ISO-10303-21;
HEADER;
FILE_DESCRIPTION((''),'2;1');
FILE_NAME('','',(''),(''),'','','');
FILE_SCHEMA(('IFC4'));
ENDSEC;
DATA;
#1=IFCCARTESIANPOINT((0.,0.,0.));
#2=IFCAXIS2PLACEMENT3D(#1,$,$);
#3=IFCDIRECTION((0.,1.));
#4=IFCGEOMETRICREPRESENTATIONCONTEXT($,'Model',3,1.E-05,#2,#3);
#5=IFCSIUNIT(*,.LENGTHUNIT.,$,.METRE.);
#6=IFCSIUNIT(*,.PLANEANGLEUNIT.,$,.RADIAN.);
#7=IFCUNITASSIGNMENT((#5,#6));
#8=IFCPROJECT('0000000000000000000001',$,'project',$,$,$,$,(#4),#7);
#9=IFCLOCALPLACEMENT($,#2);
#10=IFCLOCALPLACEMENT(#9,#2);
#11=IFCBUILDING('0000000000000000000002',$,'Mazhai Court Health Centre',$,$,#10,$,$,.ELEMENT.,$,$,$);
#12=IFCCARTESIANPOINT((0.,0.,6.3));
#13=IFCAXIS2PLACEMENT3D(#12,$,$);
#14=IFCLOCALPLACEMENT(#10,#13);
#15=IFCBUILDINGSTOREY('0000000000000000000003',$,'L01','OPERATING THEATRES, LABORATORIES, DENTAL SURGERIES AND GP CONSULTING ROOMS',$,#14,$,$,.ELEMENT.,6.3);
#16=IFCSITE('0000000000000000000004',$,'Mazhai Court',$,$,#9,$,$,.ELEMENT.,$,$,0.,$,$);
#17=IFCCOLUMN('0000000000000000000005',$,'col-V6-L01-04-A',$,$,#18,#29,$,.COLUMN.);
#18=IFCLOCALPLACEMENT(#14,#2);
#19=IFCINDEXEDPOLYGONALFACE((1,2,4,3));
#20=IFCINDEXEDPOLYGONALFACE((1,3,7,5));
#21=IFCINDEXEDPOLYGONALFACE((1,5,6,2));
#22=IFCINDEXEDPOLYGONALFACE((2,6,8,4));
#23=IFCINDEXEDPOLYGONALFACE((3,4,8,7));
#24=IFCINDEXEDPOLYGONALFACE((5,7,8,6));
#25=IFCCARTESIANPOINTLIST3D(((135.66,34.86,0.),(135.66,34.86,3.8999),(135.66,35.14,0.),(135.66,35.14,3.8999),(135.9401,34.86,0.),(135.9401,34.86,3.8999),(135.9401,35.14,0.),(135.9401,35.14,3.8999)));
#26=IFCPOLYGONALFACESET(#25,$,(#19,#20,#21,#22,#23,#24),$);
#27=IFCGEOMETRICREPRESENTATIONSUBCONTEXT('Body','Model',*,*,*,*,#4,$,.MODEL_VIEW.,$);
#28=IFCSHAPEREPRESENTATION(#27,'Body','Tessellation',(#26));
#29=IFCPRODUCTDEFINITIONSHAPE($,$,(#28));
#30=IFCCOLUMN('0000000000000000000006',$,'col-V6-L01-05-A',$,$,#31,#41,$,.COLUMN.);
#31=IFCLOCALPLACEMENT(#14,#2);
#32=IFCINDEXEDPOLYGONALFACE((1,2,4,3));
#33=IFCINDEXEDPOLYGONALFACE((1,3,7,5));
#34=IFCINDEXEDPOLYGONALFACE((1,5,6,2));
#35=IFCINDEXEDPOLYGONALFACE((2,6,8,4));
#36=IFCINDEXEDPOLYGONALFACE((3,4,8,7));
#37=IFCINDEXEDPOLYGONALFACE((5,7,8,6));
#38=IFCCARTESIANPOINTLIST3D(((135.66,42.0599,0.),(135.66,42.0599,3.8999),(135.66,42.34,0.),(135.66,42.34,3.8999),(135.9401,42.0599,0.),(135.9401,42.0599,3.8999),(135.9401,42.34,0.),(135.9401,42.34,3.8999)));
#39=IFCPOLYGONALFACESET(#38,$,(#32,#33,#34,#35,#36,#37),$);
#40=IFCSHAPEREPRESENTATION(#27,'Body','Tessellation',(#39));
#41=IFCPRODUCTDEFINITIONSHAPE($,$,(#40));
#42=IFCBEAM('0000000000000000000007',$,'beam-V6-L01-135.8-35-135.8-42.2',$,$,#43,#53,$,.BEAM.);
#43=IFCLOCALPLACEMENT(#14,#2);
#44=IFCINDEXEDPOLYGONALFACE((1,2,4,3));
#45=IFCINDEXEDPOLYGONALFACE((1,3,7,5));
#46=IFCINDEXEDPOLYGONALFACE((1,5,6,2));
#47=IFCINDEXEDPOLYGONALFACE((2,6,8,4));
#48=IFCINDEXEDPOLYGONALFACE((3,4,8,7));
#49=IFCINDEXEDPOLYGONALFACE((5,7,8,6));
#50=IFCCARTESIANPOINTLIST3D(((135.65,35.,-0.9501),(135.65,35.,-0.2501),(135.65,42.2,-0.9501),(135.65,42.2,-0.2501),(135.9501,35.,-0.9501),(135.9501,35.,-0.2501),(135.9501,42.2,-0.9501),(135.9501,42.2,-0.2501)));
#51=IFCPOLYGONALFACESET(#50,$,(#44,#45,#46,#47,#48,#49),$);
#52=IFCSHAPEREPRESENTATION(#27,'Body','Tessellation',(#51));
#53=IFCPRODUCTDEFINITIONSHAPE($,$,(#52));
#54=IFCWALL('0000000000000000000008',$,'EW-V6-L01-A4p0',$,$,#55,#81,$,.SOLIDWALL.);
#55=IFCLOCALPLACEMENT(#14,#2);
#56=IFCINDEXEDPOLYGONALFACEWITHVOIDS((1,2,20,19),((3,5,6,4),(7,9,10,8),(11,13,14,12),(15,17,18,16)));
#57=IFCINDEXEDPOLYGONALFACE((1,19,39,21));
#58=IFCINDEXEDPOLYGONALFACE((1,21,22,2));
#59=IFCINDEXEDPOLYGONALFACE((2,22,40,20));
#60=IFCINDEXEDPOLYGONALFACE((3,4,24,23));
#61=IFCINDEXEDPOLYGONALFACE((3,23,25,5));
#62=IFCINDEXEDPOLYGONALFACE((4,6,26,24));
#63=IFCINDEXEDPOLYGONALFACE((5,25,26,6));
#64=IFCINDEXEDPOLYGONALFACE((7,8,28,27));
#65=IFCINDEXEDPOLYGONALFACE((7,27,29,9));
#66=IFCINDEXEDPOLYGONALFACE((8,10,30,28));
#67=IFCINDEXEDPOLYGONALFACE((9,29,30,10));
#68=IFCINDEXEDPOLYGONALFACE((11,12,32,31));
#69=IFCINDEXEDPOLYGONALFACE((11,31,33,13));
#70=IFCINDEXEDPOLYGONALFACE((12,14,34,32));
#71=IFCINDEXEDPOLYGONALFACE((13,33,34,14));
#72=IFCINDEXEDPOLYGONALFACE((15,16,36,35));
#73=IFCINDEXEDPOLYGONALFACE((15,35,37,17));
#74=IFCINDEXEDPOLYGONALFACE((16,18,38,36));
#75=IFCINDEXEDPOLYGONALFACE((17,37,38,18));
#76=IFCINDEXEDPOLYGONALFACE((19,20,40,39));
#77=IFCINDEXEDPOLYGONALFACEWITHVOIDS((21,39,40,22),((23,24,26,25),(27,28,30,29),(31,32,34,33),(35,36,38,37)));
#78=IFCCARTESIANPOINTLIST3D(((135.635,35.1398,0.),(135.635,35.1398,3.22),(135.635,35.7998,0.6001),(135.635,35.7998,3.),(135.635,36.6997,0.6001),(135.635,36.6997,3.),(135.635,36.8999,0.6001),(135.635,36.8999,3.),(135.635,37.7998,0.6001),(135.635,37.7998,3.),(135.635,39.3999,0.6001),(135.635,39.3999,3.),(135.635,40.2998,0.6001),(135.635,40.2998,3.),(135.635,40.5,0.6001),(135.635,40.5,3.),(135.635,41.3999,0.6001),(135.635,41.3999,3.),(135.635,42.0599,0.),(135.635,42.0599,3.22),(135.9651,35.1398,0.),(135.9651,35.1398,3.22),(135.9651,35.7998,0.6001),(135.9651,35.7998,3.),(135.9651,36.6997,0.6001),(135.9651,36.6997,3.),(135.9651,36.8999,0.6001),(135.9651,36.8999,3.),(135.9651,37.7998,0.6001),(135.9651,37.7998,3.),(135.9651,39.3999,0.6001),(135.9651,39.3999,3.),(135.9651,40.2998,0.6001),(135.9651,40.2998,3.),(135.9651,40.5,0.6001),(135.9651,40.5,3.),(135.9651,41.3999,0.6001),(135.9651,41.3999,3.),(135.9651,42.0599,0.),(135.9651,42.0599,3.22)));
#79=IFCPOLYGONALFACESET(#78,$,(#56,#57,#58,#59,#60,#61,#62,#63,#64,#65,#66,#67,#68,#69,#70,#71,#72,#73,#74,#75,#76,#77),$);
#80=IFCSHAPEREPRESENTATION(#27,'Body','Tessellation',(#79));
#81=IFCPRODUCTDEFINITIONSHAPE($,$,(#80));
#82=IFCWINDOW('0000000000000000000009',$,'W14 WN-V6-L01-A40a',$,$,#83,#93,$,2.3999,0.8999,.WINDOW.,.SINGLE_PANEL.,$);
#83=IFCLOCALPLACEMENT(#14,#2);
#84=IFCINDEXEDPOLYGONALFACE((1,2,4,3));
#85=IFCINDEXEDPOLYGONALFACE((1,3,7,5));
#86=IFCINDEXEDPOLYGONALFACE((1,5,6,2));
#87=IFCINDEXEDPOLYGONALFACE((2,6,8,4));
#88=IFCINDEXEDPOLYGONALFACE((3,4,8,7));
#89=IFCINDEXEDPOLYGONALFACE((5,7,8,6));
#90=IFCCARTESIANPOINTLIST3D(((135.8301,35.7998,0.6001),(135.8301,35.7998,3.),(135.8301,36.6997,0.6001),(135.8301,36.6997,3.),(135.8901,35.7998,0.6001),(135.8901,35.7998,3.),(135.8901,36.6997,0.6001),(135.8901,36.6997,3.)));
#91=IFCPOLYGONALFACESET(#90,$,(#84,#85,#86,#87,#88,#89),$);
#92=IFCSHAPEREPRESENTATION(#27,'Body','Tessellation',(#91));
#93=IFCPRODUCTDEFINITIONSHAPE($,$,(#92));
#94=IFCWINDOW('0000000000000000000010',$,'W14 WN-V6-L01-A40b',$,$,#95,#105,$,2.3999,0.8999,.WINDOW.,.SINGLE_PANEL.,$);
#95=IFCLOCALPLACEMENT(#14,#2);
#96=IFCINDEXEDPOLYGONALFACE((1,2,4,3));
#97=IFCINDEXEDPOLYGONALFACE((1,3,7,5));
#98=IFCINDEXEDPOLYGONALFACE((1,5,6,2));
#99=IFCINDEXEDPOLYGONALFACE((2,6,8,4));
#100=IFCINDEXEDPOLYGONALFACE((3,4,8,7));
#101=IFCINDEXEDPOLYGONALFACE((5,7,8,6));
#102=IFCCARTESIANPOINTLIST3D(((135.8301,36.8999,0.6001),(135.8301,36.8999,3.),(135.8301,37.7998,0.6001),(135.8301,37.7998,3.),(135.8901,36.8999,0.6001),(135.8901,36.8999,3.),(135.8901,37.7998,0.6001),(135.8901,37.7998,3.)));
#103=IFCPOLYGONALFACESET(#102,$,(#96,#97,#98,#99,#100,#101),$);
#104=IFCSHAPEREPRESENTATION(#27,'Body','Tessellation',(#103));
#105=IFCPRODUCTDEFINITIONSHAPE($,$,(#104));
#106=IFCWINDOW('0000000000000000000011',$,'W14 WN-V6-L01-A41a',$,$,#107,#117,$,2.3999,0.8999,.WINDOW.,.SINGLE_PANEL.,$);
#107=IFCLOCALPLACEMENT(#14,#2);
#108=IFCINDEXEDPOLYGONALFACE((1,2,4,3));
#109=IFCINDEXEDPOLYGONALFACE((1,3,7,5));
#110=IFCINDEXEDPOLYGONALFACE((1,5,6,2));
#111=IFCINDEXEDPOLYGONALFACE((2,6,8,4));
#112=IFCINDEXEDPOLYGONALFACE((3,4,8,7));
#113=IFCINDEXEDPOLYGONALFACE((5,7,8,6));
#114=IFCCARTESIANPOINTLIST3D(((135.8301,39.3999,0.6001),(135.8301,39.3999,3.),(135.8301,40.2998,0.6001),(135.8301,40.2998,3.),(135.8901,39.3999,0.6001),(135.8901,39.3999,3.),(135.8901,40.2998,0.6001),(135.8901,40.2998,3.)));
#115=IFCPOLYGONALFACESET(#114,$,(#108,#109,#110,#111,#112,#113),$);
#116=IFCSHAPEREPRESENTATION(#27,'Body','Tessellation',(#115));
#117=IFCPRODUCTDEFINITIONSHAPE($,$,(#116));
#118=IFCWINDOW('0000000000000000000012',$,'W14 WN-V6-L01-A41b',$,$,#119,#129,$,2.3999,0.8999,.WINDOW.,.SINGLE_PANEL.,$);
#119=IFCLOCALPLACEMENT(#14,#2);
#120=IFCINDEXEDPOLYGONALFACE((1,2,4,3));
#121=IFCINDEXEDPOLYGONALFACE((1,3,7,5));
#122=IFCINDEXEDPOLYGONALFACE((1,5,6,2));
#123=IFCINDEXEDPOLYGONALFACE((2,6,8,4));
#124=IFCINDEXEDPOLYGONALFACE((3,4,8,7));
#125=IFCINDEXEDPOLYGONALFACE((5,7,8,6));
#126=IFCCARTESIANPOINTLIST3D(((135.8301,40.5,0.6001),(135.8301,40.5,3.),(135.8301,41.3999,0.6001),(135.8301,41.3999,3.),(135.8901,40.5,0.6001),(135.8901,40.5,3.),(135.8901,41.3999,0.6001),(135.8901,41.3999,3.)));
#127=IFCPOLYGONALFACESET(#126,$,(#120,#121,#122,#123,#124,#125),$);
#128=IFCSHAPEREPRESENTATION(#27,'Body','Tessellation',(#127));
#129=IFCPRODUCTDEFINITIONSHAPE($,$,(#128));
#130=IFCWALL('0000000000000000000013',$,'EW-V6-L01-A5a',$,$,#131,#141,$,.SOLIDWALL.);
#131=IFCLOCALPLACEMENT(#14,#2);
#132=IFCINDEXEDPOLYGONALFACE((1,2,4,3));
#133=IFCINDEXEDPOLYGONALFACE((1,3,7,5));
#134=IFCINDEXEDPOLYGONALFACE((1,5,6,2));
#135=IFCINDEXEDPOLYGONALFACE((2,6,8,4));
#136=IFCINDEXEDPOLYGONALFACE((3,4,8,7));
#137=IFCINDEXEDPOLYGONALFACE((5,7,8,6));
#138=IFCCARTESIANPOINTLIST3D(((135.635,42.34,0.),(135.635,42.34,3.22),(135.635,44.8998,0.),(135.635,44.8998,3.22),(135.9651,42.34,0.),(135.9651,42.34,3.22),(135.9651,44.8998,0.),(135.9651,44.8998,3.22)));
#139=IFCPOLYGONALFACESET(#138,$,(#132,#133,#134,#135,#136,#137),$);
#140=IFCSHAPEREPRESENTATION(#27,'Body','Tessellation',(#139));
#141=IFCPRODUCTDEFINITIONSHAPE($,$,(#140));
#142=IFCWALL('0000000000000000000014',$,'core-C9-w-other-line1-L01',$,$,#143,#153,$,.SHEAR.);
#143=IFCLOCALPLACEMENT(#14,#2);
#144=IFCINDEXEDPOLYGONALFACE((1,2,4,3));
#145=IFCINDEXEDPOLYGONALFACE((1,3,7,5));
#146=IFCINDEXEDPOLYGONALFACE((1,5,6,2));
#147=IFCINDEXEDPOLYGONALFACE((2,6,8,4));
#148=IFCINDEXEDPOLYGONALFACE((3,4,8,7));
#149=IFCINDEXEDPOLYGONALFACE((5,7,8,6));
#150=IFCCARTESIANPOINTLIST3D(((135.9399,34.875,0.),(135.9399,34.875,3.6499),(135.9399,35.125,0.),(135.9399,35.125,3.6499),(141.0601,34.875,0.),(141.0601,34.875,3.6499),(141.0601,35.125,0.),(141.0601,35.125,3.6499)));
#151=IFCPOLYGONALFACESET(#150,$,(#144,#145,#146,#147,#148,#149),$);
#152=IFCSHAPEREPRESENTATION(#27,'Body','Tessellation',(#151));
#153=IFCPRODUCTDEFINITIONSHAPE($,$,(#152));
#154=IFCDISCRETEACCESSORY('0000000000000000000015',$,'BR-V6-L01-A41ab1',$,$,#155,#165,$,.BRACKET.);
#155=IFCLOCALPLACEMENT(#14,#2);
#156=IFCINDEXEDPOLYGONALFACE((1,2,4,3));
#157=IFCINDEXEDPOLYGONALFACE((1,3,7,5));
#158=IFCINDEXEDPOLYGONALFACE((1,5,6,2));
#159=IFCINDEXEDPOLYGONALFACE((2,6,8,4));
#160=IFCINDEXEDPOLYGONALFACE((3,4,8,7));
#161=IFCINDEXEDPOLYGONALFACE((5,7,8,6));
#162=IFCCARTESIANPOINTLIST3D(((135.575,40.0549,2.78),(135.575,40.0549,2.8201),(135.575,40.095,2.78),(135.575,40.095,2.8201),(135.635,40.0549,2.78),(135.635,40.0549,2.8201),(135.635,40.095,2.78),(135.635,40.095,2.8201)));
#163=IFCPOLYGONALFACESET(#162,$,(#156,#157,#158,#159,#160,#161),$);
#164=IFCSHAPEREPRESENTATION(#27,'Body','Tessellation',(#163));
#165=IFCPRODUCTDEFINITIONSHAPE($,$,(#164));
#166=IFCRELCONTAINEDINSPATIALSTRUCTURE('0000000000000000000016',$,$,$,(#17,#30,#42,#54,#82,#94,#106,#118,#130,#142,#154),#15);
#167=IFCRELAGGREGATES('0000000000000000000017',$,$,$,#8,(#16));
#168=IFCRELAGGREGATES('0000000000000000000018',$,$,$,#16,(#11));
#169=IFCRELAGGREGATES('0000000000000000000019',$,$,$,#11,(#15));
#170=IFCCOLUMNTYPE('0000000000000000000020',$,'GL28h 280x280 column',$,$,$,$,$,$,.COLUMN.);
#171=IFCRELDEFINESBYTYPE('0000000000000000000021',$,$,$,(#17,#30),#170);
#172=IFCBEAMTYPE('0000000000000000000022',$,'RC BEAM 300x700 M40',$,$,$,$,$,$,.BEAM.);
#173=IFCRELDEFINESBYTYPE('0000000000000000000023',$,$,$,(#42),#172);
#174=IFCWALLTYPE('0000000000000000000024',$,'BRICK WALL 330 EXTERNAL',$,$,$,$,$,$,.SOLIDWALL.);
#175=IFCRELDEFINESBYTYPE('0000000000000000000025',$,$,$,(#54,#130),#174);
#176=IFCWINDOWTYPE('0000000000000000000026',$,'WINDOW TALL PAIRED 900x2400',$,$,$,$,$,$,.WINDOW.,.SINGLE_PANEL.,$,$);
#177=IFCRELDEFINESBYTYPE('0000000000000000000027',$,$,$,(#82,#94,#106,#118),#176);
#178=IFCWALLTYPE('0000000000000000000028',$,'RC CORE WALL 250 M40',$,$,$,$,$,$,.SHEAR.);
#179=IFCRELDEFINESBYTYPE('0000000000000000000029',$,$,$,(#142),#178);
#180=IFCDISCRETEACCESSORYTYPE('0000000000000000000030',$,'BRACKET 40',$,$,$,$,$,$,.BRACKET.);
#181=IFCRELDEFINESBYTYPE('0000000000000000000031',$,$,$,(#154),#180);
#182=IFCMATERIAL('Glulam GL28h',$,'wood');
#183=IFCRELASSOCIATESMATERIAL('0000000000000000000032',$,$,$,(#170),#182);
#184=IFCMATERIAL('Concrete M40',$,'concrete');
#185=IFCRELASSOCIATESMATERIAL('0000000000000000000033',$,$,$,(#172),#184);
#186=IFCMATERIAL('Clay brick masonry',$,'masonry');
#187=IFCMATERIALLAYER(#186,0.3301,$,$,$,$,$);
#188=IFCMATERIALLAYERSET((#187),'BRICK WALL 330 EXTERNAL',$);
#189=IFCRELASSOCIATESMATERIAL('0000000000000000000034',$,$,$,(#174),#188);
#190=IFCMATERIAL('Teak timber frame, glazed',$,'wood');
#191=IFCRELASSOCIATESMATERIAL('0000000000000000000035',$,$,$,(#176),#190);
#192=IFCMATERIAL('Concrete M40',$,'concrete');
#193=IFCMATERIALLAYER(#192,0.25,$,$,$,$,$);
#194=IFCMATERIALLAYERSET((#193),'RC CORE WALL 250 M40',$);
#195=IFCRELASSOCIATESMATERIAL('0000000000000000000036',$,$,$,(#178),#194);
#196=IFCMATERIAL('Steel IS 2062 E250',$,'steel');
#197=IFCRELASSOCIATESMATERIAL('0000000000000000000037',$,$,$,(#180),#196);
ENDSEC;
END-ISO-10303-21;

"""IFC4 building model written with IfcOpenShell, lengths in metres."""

from ifc_helpers import new_model, si_unit, direction, frame, frame_2d, origin, origin_2d, place, context, subcontext, project, spatial, rectangle, extrude, material, layer, layer_set, material_profile, profile_set, type_object, element, fill, save


model = new_model("IFC4")

# Units and contexts
model_context = context("Model", 3, precision=1e-05, world=origin(), true_north=direction((0.0, 1.0)))
body_context = subcontext(model_context, "Body", "Model", "MODEL_VIEW")
ifc_project = project(units=[si_unit("LENGTHUNIT", "METRE"), si_unit("PLANEANGLEUNIT", "RADIAN")], contexts=[model_context])

# Site, building, storey
site_placement = place(None, origin())
site = spatial("IfcSite", under=ifc_project, at=site_placement, Name="Mazhai Court", CompositionType="ELEMENT", RefElevation=0.0)
building_placement = place(site_placement, origin())
building = spatial("IfcBuilding", under=site, at=building_placement, Name="Mazhai Court Health Centre", CompositionType="ELEMENT")
storey_placement = place(building_placement, frame((0.0, 0.0, 6.3)))
storey = spatial("IfcBuildingStorey", under=building, at=storey_placement, Name="L01", Description="OPERATING THEATRES, LABORATORIES, DENTAL SURGERIES AND GP CONSULTING ROOMS", CompositionType="ELEMENT", Elevation=6.3)

# Columns
ifc_material_1 = material(Name="Glulam GL28h", Category="wood")
ifc_material_profile_1 = material_profile(ifc_material_1, rectangle(XDim=0.28, YDim=0.28, at=origin_2d()), Name="GL28h 280x280")
ifc_profile_set_1 = profile_set([ifc_material_profile_1], Name="Glulam GL28h")
column_type = type_object("IfcColumnType", Name="GL28h 280x280 column", PredefinedType="COLUMN", material=ifc_profile_set_1)
for number, where, z_axis, x_axis, name in (
    (1, (135.8, 35.0, 0.0), (0.0, 0.0, 1.0), (1.0, 0.0, 0.0), "col-V6-L01-04-A"),
    (2, (135.8, 42.2, 0.0), (0.0, 0.0, 1.0), (1.0, 0.0, 0.0), "col-V6-L01-05-A"),
):
    element("IfcColumn", number, at=place(storey_placement, frame(where, z_axis=z_axis, x_axis=x_axis)), inside=storey, type_object=column_type, Name=name, PredefinedType="COLUMN", context=body_context, shape_type="SweptSolid", body=[
        extrude(rectangle(XDim=0.28, YDim=0.28, at=origin_2d()), origin(), (0.0, 0.0, 1.0), 3.8999),
    ])

# Beam
ifc_material_2 = material(Name="Concrete M40", Category="concrete")
ifc_material_profile_2 = material_profile(ifc_material_2, rectangle(XDim=0.3, YDim=0.7, at=origin_2d()), Name="RC 300x700")
ifc_profile_set_2 = profile_set([ifc_material_profile_2], Name="Concrete M40")
beam_type = type_object("IfcBeamType", Name="RC BEAM 300x700 M40", PredefinedType="BEAM", material=ifc_profile_set_2)
beam_placement = place(storey_placement, frame((135.8, 35.0, -0.6001), z_axis=(0.0, 1.0, 0.0), x_axis=(-1.0, 0.0, 0.0)))
element("IfcBeam", 3, at=beam_placement, inside=storey, type_object=beam_type, Name="beam-V6-L01-135.8-35-135.8-42.2", PredefinedType="BEAM", context=body_context, shape_type="SweptSolid", body=[
    extrude(rectangle(XDim=0.3, YDim=0.7, at=origin_2d()), origin(), (0.0, 0.0, 1.0), 7.2),
])

# Wall, openings, windows
ifc_material_3 = material(Name="Clay brick masonry", Category="masonry")
ifc_layer_1 = layer(ifc_material_3, 0.3301)
ifc_layer_set_1 = layer_set([ifc_layer_1], Name="BRICK WALL 330 EXTERNAL")
wall_type_1 = type_object("IfcWallType", Name="BRICK WALL 330 EXTERNAL", PredefinedType="SOLIDWALL", material=ifc_layer_set_1)
wall_1_placement = place(storey_placement, frame((135.8, 35.1399, 0.0), z_axis=(0.0, 0.0, 1.0), x_axis=(0.0, 1.0, 0.0)))
wall_1 = element("IfcWall", 4, at=wall_1_placement, inside=storey, type_object=wall_type_1, Name="EW-V6-L01-A4p0", PredefinedType="SOLIDWALL", context=body_context, shape_type="SweptSolid", body=[
    extrude(rectangle(XDim=6.9202, YDim=0.3301, at=frame_2d((3.46, 0.0))), origin(), (0.0, 0.0, 1.0), 3.22),
])
opening_1_placement = place(wall_1_placement, frame((0.6599, 0.0, 0.6001)))
opening_1 = element("IfcOpeningElement", 5, at=opening_1_placement, cuts=wall_1, PredefinedType="OPENING", context=body_context, shape_type="SweptSolid", body=[
    extrude(rectangle(XDim=0.8999, YDim=2.3999, at=frame_2d((0.45, 1.2))), frame((0.0, 0.175, 0.0), z_axis=(0.0, -1.0, 0.0), x_axis=(1.0, 0.0, 0.0)), (0.0, 0.0, 1.0), 0.3501),
])
opening_2_placement = place(wall_1_placement, frame((1.76, 0.0, 0.6001)))
opening_2 = element("IfcOpeningElement", 6, at=opening_2_placement, cuts=wall_1, PredefinedType="OPENING", context=body_context, shape_type="SweptSolid", body=[
    extrude(rectangle(XDim=0.8999, YDim=2.3999, at=frame_2d((0.45, 1.2))), frame((0.0, 0.175, 0.0), z_axis=(0.0, -1.0, 0.0), x_axis=(1.0, 0.0, 0.0)), (0.0, 0.0, 1.0), 0.3501),
])
opening_3_placement = place(wall_1_placement, frame((4.26, 0.0, 0.6001)))
opening_3 = element("IfcOpeningElement", 7, at=opening_3_placement, cuts=wall_1, PredefinedType="OPENING", context=body_context, shape_type="SweptSolid", body=[
    extrude(rectangle(XDim=0.8999, YDim=2.3999, at=frame_2d((0.45, 1.2))), frame((0.0, 0.175, 0.0), z_axis=(0.0, -1.0, 0.0), x_axis=(1.0, 0.0, 0.0)), (0.0, 0.0, 1.0), 0.3501),
])
opening_4_placement = place(wall_1_placement, frame((5.3601, 0.0, 0.6001)))
opening_4 = element("IfcOpeningElement", 8, at=opening_4_placement, cuts=wall_1, PredefinedType="OPENING", context=body_context, shape_type="SweptSolid", body=[
    extrude(rectangle(XDim=0.8999, YDim=2.3999, at=frame_2d((0.45, 1.2))), frame((0.0, 0.175, 0.0), z_axis=(0.0, -1.0, 0.0), x_axis=(1.0, 0.0, 0.0)), (0.0, 0.0, 1.0), 0.3501),
])
ifc_material_4 = material(Name="Teak timber frame, glazed", Category="wood")
window_type = type_object("IfcWindowType", Name="WINDOW TALL PAIRED 900x2400", PartitioningType="SINGLE_PANEL", PredefinedType="WINDOW", material=ifc_material_4)
window_1_placement = place(opening_1_placement, origin())
window_1 = element("IfcWindow", 9, at=window_1_placement, inside=storey, type_object=window_type, Name="W14 WN-V6-L01-A40a", OverallHeight=2.3999, OverallWidth=0.8999, PartitioningType="SINGLE_PANEL", PredefinedType="WINDOW", context=body_context, shape_type="SweptSolid", body=[
    extrude(rectangle(XDim=0.8999, YDim=2.3999, at=frame_2d((0.45, 1.2))), frame((0.0, -0.03, 0.0), z_axis=(0.0, -1.0, 0.0), x_axis=(1.0, 0.0, 0.0)), (0.0, 0.0, 1.0), 0.0601),
])
fill(opening_1, window_1)
window_2_placement = place(opening_2_placement, origin())
window_2 = element("IfcWindow", 10, at=window_2_placement, inside=storey, type_object=window_type, Name="W14 WN-V6-L01-A40b", OverallHeight=2.3999, OverallWidth=0.8999, PartitioningType="SINGLE_PANEL", PredefinedType="WINDOW", context=body_context, shape_type="SweptSolid", body=[
    extrude(rectangle(XDim=0.8999, YDim=2.3999, at=frame_2d((0.45, 1.2))), frame((0.0, -0.03, 0.0), z_axis=(0.0, -1.0, 0.0), x_axis=(1.0, 0.0, 0.0)), (0.0, 0.0, 1.0), 0.0601),
])
fill(opening_2, window_2)
window_3_placement = place(opening_3_placement, origin())
window_3 = element("IfcWindow", 11, at=window_3_placement, inside=storey, type_object=window_type, Name="W14 WN-V6-L01-A41a", OverallHeight=2.3999, OverallWidth=0.8999, PartitioningType="SINGLE_PANEL", PredefinedType="WINDOW", context=body_context, shape_type="SweptSolid", body=[
    extrude(rectangle(XDim=0.8999, YDim=2.3999, at=frame_2d((0.45, 1.2))), frame((0.0, -0.03, 0.0), z_axis=(0.0, -1.0, 0.0), x_axis=(1.0, 0.0, 0.0)), (0.0, 0.0, 1.0), 0.0601),
])
fill(opening_3, window_3)
window_4_placement = place(opening_4_placement, origin())
window_4 = element("IfcWindow", 12, at=window_4_placement, inside=storey, type_object=window_type, Name="W14 WN-V6-L01-A41b", OverallHeight=2.3999, OverallWidth=0.8999, PartitioningType="SINGLE_PANEL", PredefinedType="WINDOW", context=body_context, shape_type="SweptSolid", body=[
    extrude(rectangle(XDim=0.8999, YDim=2.3999, at=frame_2d((0.45, 1.2))), frame((0.0, -0.03, 0.0), z_axis=(0.0, -1.0, 0.0), x_axis=(1.0, 0.0, 0.0)), (0.0, 0.0, 1.0), 0.0601),
])
fill(opening_4, window_4)

# Walls
wall_2_placement = place(storey_placement, frame((135.8, 42.3401, 0.0), z_axis=(0.0, 0.0, 1.0), x_axis=(0.0, 1.0, 0.0)))
element("IfcWall", 13, at=wall_2_placement, inside=storey, type_object=wall_type_1, Name="EW-V6-L01-A5a", PredefinedType="SOLIDWALL", context=body_context, shape_type="SweptSolid", body=[
    extrude(rectangle(XDim=2.5598, YDim=0.3301, at=frame_2d((1.2798, 0.0))), origin(), (0.0, 0.0, 1.0), 3.22),
])
ifc_material_5 = material(Name="Concrete M40", Category="concrete")
ifc_layer_2 = layer(ifc_material_5, 0.25)
ifc_layer_set_2 = layer_set([ifc_layer_2], Name="RC CORE WALL 250 M40")
wall_type_2 = type_object("IfcWallType", Name="RC CORE WALL 250 M40", PredefinedType="SHEAR", material=ifc_layer_set_2)
wall_3_placement = place(storey_placement, frame((135.9399, 35.0, 0.0), z_axis=(0.0, 0.0, 1.0), x_axis=(1.0, 0.0, 0.0)))
element("IfcWall", 14, at=wall_3_placement, inside=storey, type_object=wall_type_2, Name="core-C9-w-other-line1-L01", PredefinedType="SHEAR", context=body_context, shape_type="SweptSolid", body=[
    extrude(rectangle(XDim=5.1201, YDim=0.25, at=frame_2d((2.5601, 0.0))), origin(), (0.0, 0.0, 1.0), 3.6499),
])

# Discrete accessory
ifc_material_6 = material(Name="Steel IS 2062 E250", Category="steel")
discrete_accessory_type = type_object("IfcDiscreteAccessoryType", Name="BRACKET 40", PredefinedType="BRACKET", material=ifc_material_6)
for number, where, z_axis, x_axis, name in (
    (15, (135.605, 40.075, 2.78), (0.0, 0.0, 1.0), (0.0, 1.0, 0.0), "BR-V6-L01-A41ab1"),
):
    element("IfcDiscreteAccessory", number, at=place(storey_placement, frame(where, z_axis=z_axis, x_axis=x_axis)), inside=storey, type_object=discrete_accessory_type, Name=name, PredefinedType="BRACKET", context=body_context, shape_type="SweptSolid", body=[
        extrude(rectangle(XDim=0.04, YDim=0.0601, at=origin_2d()), origin(), (0.0, 0.0, 1.0), 0.04),
    ])

save(model, "model.ifc")
